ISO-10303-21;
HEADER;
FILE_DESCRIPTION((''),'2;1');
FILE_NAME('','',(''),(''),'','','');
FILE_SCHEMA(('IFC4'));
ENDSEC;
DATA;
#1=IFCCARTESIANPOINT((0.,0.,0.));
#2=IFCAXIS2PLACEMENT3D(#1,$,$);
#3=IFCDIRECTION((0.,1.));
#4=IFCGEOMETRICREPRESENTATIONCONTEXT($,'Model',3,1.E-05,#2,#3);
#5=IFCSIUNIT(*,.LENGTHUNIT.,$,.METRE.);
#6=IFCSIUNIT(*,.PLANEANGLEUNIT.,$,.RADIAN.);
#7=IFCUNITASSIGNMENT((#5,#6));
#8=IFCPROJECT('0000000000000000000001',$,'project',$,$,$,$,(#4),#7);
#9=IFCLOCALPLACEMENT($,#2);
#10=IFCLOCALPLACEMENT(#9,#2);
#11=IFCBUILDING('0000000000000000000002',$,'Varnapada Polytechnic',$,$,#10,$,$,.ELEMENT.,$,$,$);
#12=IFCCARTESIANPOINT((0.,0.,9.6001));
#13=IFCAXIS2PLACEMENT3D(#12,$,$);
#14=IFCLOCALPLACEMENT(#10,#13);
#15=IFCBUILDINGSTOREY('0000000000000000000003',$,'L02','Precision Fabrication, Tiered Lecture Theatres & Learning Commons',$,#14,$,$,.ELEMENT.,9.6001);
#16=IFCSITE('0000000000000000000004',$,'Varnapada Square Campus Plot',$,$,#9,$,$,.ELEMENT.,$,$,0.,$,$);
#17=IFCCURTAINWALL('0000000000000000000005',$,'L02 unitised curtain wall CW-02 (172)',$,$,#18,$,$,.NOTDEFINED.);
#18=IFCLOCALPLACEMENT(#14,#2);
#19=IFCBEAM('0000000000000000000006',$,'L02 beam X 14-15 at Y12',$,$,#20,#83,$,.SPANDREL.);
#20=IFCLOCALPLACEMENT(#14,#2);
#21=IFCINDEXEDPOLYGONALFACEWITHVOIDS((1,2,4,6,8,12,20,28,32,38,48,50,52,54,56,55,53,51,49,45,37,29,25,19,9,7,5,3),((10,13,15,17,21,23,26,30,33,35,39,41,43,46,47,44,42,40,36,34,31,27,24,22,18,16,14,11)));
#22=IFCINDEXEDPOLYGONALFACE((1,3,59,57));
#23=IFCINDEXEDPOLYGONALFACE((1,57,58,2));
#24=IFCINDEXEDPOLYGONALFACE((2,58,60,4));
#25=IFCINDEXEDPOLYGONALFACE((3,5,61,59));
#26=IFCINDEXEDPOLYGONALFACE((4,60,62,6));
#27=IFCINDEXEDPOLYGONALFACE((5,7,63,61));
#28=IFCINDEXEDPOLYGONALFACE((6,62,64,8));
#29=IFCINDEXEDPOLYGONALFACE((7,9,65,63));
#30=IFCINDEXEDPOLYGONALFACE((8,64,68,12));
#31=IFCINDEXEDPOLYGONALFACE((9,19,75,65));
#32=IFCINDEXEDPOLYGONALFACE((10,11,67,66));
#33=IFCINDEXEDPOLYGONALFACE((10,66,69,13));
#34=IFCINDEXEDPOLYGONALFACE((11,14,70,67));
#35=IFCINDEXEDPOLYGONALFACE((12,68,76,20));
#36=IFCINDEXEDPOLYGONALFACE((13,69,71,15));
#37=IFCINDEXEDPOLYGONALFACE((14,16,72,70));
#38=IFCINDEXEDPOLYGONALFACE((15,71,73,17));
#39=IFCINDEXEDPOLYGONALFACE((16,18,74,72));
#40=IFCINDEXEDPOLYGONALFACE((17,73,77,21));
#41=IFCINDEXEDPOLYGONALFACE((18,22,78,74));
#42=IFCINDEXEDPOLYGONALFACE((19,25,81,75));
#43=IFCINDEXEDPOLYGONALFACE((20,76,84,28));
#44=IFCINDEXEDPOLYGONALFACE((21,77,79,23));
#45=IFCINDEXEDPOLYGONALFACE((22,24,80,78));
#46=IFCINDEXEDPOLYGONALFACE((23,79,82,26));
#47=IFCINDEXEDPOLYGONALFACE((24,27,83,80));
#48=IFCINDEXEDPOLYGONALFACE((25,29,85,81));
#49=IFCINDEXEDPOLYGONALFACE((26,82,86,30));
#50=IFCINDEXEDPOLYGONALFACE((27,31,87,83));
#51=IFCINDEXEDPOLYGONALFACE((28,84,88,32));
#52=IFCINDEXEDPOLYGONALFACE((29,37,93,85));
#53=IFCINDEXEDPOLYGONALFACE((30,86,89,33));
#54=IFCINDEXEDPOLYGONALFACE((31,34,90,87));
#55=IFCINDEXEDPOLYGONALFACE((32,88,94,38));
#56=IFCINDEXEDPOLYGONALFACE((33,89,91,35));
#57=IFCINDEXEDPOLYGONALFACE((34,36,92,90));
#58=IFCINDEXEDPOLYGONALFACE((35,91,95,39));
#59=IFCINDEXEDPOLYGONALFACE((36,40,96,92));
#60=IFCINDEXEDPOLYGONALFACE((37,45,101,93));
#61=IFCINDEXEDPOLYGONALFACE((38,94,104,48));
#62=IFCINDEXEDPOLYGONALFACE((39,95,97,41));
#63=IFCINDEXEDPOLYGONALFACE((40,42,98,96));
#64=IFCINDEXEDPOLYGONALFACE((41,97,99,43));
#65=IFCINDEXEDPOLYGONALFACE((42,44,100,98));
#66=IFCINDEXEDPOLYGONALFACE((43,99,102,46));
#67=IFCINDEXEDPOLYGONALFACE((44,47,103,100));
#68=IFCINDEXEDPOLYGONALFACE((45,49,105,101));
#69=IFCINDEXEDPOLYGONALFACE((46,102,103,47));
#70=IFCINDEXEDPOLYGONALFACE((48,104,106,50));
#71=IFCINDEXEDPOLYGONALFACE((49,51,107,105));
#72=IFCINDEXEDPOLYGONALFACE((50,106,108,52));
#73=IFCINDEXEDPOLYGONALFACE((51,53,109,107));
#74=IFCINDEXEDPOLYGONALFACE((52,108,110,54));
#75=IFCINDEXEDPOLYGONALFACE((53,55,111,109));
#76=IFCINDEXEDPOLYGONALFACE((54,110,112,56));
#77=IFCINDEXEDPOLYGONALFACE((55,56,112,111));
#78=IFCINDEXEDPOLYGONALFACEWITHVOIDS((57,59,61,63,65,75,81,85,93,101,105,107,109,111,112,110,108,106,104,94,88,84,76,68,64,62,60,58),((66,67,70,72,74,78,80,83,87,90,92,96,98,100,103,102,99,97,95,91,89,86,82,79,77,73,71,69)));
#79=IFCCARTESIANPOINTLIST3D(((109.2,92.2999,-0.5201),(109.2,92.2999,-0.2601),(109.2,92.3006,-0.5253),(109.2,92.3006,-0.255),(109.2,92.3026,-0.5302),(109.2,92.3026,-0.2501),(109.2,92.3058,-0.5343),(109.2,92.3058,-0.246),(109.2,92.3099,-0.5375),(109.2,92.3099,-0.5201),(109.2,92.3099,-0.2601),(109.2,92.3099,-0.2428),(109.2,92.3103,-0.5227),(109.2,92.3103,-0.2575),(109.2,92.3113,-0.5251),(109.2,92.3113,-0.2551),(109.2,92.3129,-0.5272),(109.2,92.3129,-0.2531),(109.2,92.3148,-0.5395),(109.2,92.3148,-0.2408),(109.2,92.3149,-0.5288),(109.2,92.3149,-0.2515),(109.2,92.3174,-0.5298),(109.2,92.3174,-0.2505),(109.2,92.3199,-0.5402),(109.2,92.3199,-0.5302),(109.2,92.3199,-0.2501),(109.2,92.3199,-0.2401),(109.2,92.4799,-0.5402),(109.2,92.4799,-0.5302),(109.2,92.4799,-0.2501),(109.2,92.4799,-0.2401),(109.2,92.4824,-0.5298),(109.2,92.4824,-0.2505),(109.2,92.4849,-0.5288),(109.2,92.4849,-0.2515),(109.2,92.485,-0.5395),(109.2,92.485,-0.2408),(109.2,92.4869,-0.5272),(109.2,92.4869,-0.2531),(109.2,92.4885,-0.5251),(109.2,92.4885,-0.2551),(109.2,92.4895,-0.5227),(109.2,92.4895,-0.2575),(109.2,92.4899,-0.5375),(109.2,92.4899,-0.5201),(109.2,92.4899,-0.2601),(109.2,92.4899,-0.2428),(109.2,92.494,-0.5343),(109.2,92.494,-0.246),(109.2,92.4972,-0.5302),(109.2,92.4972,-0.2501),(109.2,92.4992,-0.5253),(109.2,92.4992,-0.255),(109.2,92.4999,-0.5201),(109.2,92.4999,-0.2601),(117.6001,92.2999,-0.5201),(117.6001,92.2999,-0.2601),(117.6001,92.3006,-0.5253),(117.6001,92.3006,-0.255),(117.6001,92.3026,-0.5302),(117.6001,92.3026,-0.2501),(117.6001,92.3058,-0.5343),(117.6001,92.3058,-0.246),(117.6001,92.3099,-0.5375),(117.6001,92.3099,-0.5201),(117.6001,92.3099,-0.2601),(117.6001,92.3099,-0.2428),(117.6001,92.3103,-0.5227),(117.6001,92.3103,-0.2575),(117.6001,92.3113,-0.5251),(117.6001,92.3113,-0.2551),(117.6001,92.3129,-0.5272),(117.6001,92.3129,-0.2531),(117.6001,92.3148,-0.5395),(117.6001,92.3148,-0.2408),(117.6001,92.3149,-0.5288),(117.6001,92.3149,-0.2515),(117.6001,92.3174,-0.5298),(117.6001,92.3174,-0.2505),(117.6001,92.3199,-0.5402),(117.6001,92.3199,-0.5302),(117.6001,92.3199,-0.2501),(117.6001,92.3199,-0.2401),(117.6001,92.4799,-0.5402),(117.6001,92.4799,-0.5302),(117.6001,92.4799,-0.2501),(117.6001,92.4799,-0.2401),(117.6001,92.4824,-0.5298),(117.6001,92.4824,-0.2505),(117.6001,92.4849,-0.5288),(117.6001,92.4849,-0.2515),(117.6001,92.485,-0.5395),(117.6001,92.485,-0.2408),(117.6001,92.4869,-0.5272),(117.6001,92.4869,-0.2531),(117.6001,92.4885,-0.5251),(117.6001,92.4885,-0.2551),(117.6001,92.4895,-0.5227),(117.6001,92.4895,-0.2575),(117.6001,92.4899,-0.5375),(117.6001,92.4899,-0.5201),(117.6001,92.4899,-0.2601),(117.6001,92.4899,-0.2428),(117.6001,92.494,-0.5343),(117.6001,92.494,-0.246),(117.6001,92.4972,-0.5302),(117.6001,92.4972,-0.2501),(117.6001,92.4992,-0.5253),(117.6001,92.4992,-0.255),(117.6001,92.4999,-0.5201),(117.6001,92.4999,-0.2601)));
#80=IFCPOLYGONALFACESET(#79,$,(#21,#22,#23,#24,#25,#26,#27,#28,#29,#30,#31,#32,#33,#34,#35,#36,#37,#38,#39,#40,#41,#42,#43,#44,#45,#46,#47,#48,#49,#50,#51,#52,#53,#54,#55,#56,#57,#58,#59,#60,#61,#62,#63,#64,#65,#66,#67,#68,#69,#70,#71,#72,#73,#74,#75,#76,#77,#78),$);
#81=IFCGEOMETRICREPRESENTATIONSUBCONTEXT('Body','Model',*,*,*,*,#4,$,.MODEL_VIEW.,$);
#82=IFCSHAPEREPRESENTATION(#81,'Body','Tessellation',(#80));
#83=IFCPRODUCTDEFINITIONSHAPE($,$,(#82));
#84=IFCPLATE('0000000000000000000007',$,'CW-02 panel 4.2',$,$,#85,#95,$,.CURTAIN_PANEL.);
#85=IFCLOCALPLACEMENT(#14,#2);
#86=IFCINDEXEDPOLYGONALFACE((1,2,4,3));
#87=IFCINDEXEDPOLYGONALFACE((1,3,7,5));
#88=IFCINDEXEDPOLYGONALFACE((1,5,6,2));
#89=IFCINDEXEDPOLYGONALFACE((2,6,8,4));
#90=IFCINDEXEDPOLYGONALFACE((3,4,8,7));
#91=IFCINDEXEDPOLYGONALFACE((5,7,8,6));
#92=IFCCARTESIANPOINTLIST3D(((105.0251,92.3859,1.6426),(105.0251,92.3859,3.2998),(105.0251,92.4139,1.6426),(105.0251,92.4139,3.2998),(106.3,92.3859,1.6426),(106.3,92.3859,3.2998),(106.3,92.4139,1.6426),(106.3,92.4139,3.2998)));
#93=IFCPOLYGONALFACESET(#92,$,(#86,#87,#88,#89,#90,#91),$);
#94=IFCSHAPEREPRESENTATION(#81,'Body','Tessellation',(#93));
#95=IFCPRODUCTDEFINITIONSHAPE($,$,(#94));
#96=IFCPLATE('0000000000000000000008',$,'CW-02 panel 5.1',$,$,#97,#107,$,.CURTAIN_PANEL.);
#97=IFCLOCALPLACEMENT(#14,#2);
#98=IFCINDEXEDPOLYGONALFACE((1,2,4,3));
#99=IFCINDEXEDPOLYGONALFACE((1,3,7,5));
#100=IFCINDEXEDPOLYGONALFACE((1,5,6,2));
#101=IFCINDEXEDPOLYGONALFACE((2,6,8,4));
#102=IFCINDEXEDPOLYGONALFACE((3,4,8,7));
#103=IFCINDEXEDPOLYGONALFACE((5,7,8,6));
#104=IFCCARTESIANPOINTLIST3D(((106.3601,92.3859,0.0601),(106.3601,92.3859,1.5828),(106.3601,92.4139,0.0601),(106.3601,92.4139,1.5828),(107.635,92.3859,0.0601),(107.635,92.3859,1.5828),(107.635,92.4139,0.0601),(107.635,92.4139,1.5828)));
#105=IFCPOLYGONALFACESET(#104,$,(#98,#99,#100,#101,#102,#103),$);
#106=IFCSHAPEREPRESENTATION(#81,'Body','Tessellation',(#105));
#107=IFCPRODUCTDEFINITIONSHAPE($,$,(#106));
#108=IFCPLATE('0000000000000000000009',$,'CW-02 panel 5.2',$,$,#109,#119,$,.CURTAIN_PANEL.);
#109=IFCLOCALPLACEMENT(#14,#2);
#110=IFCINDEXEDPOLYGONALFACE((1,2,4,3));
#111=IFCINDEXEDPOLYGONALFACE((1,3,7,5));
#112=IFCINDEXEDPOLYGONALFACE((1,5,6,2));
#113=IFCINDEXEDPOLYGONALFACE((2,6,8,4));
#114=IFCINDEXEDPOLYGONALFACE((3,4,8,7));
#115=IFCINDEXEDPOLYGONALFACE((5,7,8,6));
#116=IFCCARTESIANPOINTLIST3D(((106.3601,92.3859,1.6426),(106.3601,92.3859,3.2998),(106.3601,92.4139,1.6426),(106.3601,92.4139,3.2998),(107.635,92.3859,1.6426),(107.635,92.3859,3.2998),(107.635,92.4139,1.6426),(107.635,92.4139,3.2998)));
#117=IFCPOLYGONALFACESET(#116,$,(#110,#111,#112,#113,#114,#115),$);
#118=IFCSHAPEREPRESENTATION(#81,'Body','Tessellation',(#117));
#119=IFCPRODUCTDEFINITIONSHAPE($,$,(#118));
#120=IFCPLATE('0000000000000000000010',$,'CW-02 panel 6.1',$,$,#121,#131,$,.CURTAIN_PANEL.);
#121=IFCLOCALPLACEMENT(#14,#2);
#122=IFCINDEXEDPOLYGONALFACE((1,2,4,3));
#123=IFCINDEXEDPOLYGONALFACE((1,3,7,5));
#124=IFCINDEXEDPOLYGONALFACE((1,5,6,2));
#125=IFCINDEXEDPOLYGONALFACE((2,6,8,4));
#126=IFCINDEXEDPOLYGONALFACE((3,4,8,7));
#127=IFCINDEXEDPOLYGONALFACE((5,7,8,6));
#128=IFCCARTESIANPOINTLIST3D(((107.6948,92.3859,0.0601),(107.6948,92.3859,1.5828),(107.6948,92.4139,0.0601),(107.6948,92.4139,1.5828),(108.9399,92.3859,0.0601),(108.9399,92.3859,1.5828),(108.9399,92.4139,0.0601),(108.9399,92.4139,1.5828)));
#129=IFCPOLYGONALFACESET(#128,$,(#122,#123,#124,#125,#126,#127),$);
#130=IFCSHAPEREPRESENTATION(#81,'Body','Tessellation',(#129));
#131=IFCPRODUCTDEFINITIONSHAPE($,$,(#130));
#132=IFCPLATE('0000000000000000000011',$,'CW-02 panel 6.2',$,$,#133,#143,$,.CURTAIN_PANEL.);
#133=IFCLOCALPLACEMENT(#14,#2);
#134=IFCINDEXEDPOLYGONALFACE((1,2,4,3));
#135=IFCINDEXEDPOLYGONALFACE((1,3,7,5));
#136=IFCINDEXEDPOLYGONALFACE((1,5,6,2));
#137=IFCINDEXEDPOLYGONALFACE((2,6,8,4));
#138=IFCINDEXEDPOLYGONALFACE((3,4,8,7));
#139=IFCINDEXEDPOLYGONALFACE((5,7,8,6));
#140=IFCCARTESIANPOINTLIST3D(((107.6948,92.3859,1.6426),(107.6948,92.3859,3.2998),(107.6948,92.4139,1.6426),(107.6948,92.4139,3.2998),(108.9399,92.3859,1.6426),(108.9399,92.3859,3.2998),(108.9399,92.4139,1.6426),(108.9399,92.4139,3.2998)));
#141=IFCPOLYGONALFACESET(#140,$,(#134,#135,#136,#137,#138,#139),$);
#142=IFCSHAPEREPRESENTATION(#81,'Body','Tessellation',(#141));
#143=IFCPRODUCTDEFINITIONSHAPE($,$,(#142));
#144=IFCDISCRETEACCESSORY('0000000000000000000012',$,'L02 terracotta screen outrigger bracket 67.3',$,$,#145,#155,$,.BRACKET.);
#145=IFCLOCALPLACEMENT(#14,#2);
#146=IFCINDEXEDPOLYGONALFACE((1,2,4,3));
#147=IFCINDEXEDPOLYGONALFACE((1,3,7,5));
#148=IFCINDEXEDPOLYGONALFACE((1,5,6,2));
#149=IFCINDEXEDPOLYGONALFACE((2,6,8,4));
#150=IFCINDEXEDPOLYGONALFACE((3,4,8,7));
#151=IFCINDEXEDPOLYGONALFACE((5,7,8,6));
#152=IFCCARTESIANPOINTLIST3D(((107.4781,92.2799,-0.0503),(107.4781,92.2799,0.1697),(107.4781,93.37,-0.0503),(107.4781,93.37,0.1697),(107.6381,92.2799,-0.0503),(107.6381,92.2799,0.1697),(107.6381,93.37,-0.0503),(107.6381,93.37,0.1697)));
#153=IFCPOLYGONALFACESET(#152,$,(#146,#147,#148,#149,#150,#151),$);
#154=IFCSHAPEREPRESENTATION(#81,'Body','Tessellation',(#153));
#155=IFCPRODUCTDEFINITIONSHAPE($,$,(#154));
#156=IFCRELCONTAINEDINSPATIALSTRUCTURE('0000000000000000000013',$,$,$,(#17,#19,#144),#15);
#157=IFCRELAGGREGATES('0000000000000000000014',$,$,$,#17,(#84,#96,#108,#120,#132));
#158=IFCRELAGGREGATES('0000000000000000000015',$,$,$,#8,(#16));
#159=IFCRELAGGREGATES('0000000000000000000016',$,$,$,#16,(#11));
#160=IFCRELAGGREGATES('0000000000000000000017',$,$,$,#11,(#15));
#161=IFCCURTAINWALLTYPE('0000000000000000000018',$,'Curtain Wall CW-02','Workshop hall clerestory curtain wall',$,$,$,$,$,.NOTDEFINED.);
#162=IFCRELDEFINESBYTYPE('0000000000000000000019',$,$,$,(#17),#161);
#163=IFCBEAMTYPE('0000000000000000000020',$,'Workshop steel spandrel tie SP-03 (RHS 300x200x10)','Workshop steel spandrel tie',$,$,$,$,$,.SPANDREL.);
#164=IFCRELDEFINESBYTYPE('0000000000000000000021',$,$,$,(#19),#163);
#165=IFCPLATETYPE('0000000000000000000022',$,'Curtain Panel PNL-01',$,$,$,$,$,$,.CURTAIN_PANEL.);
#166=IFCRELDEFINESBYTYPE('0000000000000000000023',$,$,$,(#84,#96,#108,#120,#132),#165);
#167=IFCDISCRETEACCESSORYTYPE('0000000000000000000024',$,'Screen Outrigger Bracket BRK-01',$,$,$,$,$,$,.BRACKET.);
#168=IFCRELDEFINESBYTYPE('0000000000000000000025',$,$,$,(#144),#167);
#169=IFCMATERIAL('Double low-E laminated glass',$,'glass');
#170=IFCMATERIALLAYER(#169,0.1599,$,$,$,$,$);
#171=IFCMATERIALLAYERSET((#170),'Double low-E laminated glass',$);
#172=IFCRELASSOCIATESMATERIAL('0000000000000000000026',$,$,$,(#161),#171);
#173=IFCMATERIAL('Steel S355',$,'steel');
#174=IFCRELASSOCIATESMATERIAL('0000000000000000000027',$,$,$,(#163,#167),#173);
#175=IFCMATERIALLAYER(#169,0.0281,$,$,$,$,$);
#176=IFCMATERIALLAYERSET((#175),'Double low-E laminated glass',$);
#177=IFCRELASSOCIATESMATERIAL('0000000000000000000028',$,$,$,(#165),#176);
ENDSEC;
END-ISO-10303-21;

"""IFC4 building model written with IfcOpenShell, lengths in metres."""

from ifc_helpers import new_model, si_unit, direction, frame, origin, origin_2d, place, context, subcontext, project, spatial, rectangle, hollow_rectangle, extrude, material, layer, layer_set, material_profile, profile_set, type_object, element, aggregate, save


model = new_model("IFC4")

# Units and contexts
model_context = context("Model", 3, precision=1e-05, world=origin(), true_north=direction((0.0, 1.0)))
body_context = subcontext(model_context, "Body", "Model", "MODEL_VIEW")
ifc_project = project(units=[si_unit("LENGTHUNIT", "METRE"), si_unit("PLANEANGLEUNIT", "RADIAN")], contexts=[model_context])

# Site, building, storey
site_placement = place(None, origin())
site = spatial("IfcSite", under=ifc_project, at=site_placement, Name="Varnapada Square Campus Plot", CompositionType="ELEMENT", RefElevation=0.0)
building_placement = place(site_placement, origin())
building = spatial("IfcBuilding", under=site, at=building_placement, Name="Varnapada Polytechnic", CompositionType="ELEMENT")
storey_placement = place(building_placement, frame((0.0, 0.0, 9.6001)))
storey = spatial("IfcBuildingStorey", under=building, at=storey_placement, Name="L02", Description="Precision Fabrication, Tiered Lecture Theatres & Learning Commons", CompositionType="ELEMENT", Elevation=9.6001)

# Curtain wall
ifc_material_1 = material(Name="Double low-E laminated glass", Category="glass")
ifc_layer_1 = layer(ifc_material_1, 0.1599)
ifc_layer_set_1 = layer_set([ifc_layer_1], Name="Double low-E laminated glass")
curtain_wall_type = type_object("IfcCurtainWallType", Name="Curtain Wall CW-02", Description="Workshop hall clerestory curtain wall", PredefinedType="NOTDEFINED", material=ifc_layer_set_1)
curtain_wall_1_placement = place(storey_placement, origin())
curtain_wall_1 = element("IfcCurtainWall", 1, at=curtain_wall_1_placement, inside=storey, type_object=curtain_wall_type, Name="L02 unitised curtain wall CW-02 (172)", PredefinedType="NOTDEFINED")

# Beam
ifc_material_2 = material(Name="Steel S355", Category="steel")
ifc_material_profile_1 = material_profile(ifc_material_2, hollow_rectangle(XDim=0.2, YDim=0.3, WallThickness=0.01, InnerFilletRadius=0.01, OuterFilletRadius=0.02, at=origin_2d()), Name="RHS 300x200x10")
ifc_profile_set_1 = profile_set([ifc_material_profile_1], Name="Steel S355")
beam_type = type_object("IfcBeamType", Name="Workshop steel spandrel tie SP-03 (RHS 300x200x10)", Description="Workshop steel spandrel tie", PredefinedType="SPANDREL", material=ifc_profile_set_1)
beam_placement = place(storey_placement, frame((109.2, 92.3999, -0.3901), z_axis=(1.0, 0.0, 0.0), x_axis=(0.0, 1.0, 0.0)))
element("IfcBeam", 2, at=beam_placement, inside=storey, type_object=beam_type, Name="L02 beam X 14-15 at Y12", PredefinedType="SPANDREL", context=body_context, shape_type="SweptSolid", body=[
    extrude(hollow_rectangle(XDim=0.2, YDim=0.3, WallThickness=0.01, InnerFilletRadius=0.01, OuterFilletRadius=0.02, at=origin_2d()), origin(), (0.0, 0.0, 1.0), 8.4001),
])

# Plates
ifc_layer_2 = layer(ifc_material_1, 0.0281)
ifc_layer_set_2 = layer_set([ifc_layer_2], Name="Double low-E laminated glass")
plate_type = type_object("IfcPlateType", Name="Curtain Panel PNL-01", PredefinedType="CURTAIN_PANEL", material=ifc_layer_set_2)
plate_1_placement = place(storey_placement, frame((105.6626, 92.3999, 1.6426), z_axis=(0.0, 0.0, 1.0), x_axis=(1.0, 0.0, 0.0)))
plate_1 = element("IfcPlate", 3, at=plate_1_placement, type_object=plate_type, Name="CW-02 panel 4.2", PredefinedType="CURTAIN_PANEL", context=body_context, shape_type="SweptSolid", body=[
    extrude(rectangle(XDim=1.2749, YDim=0.0281, at=origin_2d()), origin(), (0.0, 0.0, 1.0), 1.6572),
])
plate_2_placement = place(storey_placement, frame((106.9976, 92.3999, 0.0601), z_axis=(0.0, 0.0, 1.0), x_axis=(1.0, 0.0, 0.0)))
plate_2 = element("IfcPlate", 4, at=plate_2_placement, type_object=plate_type, Name="CW-02 panel 5.1", PredefinedType="CURTAIN_PANEL", context=body_context, shape_type="SweptSolid", body=[
    extrude(rectangle(XDim=1.2749, YDim=0.0281, at=origin_2d()), origin(), (0.0, 0.0, 1.0), 1.5227),
])
plate_3_placement = place(storey_placement, frame((106.9976, 92.3999, 1.6426), z_axis=(0.0, 0.0, 1.0), x_axis=(1.0, 0.0, 0.0)))
plate_3 = element("IfcPlate", 5, at=plate_3_placement, type_object=plate_type, Name="CW-02 panel 5.2", PredefinedType="CURTAIN_PANEL", context=body_context, shape_type="SweptSolid", body=[
    extrude(rectangle(XDim=1.2749, YDim=0.0281, at=origin_2d()), origin(), (0.0, 0.0, 1.0), 1.6572),
])
plate_4_placement = place(storey_placement, frame((108.3174, 92.3999, 0.0601), z_axis=(0.0, 0.0, 1.0), x_axis=(1.0, 0.0, 0.0)))
plate_4 = element("IfcPlate", 6, at=plate_4_placement, type_object=plate_type, Name="CW-02 panel 6.1", PredefinedType="CURTAIN_PANEL", context=body_context, shape_type="SweptSolid", body=[
    extrude(rectangle(XDim=1.2451, YDim=0.0281, at=origin_2d()), origin(), (0.0, 0.0, 1.0), 1.5227),
])
plate_5_placement = place(storey_placement, frame((108.3174, 92.3999, 1.6426), z_axis=(0.0, 0.0, 1.0), x_axis=(1.0, 0.0, 0.0)))
plate_5 = element("IfcPlate", 7, at=plate_5_placement, type_object=plate_type, Name="CW-02 panel 6.2", PredefinedType="CURTAIN_PANEL", context=body_context, shape_type="SweptSolid", body=[
    extrude(rectangle(XDim=1.2451, YDim=0.0281, at=origin_2d()), origin(), (0.0, 0.0, 1.0), 1.6572),
])
aggregate(curtain_wall_1, [plate_1, plate_2, plate_3, plate_4, plate_5])

# Discrete accessory
discrete_accessory_type = type_object("IfcDiscreteAccessoryType", Name="Screen Outrigger Bracket BRK-01", PredefinedType="BRACKET", material=ifc_material_2)
discrete_accessory_placement = place(storey_placement, frame((107.5581, 92.825, -0.0503), z_axis=(0.0, 0.0, 1.0), x_axis=(1.0, 0.0, 0.0)))
element("IfcDiscreteAccessory", 8, at=discrete_accessory_placement, inside=storey, type_object=discrete_accessory_type, Name="L02 terracotta screen outrigger bracket 67.3", PredefinedType="BRACKET", context=body_context, shape_type="SweptSolid", body=[
    extrude(rectangle(XDim=0.1599, YDim=1.0901, at=origin_2d()), origin(), (0.0, 0.0, 1.0), 0.22),
])

save(model, "model.ifc")
